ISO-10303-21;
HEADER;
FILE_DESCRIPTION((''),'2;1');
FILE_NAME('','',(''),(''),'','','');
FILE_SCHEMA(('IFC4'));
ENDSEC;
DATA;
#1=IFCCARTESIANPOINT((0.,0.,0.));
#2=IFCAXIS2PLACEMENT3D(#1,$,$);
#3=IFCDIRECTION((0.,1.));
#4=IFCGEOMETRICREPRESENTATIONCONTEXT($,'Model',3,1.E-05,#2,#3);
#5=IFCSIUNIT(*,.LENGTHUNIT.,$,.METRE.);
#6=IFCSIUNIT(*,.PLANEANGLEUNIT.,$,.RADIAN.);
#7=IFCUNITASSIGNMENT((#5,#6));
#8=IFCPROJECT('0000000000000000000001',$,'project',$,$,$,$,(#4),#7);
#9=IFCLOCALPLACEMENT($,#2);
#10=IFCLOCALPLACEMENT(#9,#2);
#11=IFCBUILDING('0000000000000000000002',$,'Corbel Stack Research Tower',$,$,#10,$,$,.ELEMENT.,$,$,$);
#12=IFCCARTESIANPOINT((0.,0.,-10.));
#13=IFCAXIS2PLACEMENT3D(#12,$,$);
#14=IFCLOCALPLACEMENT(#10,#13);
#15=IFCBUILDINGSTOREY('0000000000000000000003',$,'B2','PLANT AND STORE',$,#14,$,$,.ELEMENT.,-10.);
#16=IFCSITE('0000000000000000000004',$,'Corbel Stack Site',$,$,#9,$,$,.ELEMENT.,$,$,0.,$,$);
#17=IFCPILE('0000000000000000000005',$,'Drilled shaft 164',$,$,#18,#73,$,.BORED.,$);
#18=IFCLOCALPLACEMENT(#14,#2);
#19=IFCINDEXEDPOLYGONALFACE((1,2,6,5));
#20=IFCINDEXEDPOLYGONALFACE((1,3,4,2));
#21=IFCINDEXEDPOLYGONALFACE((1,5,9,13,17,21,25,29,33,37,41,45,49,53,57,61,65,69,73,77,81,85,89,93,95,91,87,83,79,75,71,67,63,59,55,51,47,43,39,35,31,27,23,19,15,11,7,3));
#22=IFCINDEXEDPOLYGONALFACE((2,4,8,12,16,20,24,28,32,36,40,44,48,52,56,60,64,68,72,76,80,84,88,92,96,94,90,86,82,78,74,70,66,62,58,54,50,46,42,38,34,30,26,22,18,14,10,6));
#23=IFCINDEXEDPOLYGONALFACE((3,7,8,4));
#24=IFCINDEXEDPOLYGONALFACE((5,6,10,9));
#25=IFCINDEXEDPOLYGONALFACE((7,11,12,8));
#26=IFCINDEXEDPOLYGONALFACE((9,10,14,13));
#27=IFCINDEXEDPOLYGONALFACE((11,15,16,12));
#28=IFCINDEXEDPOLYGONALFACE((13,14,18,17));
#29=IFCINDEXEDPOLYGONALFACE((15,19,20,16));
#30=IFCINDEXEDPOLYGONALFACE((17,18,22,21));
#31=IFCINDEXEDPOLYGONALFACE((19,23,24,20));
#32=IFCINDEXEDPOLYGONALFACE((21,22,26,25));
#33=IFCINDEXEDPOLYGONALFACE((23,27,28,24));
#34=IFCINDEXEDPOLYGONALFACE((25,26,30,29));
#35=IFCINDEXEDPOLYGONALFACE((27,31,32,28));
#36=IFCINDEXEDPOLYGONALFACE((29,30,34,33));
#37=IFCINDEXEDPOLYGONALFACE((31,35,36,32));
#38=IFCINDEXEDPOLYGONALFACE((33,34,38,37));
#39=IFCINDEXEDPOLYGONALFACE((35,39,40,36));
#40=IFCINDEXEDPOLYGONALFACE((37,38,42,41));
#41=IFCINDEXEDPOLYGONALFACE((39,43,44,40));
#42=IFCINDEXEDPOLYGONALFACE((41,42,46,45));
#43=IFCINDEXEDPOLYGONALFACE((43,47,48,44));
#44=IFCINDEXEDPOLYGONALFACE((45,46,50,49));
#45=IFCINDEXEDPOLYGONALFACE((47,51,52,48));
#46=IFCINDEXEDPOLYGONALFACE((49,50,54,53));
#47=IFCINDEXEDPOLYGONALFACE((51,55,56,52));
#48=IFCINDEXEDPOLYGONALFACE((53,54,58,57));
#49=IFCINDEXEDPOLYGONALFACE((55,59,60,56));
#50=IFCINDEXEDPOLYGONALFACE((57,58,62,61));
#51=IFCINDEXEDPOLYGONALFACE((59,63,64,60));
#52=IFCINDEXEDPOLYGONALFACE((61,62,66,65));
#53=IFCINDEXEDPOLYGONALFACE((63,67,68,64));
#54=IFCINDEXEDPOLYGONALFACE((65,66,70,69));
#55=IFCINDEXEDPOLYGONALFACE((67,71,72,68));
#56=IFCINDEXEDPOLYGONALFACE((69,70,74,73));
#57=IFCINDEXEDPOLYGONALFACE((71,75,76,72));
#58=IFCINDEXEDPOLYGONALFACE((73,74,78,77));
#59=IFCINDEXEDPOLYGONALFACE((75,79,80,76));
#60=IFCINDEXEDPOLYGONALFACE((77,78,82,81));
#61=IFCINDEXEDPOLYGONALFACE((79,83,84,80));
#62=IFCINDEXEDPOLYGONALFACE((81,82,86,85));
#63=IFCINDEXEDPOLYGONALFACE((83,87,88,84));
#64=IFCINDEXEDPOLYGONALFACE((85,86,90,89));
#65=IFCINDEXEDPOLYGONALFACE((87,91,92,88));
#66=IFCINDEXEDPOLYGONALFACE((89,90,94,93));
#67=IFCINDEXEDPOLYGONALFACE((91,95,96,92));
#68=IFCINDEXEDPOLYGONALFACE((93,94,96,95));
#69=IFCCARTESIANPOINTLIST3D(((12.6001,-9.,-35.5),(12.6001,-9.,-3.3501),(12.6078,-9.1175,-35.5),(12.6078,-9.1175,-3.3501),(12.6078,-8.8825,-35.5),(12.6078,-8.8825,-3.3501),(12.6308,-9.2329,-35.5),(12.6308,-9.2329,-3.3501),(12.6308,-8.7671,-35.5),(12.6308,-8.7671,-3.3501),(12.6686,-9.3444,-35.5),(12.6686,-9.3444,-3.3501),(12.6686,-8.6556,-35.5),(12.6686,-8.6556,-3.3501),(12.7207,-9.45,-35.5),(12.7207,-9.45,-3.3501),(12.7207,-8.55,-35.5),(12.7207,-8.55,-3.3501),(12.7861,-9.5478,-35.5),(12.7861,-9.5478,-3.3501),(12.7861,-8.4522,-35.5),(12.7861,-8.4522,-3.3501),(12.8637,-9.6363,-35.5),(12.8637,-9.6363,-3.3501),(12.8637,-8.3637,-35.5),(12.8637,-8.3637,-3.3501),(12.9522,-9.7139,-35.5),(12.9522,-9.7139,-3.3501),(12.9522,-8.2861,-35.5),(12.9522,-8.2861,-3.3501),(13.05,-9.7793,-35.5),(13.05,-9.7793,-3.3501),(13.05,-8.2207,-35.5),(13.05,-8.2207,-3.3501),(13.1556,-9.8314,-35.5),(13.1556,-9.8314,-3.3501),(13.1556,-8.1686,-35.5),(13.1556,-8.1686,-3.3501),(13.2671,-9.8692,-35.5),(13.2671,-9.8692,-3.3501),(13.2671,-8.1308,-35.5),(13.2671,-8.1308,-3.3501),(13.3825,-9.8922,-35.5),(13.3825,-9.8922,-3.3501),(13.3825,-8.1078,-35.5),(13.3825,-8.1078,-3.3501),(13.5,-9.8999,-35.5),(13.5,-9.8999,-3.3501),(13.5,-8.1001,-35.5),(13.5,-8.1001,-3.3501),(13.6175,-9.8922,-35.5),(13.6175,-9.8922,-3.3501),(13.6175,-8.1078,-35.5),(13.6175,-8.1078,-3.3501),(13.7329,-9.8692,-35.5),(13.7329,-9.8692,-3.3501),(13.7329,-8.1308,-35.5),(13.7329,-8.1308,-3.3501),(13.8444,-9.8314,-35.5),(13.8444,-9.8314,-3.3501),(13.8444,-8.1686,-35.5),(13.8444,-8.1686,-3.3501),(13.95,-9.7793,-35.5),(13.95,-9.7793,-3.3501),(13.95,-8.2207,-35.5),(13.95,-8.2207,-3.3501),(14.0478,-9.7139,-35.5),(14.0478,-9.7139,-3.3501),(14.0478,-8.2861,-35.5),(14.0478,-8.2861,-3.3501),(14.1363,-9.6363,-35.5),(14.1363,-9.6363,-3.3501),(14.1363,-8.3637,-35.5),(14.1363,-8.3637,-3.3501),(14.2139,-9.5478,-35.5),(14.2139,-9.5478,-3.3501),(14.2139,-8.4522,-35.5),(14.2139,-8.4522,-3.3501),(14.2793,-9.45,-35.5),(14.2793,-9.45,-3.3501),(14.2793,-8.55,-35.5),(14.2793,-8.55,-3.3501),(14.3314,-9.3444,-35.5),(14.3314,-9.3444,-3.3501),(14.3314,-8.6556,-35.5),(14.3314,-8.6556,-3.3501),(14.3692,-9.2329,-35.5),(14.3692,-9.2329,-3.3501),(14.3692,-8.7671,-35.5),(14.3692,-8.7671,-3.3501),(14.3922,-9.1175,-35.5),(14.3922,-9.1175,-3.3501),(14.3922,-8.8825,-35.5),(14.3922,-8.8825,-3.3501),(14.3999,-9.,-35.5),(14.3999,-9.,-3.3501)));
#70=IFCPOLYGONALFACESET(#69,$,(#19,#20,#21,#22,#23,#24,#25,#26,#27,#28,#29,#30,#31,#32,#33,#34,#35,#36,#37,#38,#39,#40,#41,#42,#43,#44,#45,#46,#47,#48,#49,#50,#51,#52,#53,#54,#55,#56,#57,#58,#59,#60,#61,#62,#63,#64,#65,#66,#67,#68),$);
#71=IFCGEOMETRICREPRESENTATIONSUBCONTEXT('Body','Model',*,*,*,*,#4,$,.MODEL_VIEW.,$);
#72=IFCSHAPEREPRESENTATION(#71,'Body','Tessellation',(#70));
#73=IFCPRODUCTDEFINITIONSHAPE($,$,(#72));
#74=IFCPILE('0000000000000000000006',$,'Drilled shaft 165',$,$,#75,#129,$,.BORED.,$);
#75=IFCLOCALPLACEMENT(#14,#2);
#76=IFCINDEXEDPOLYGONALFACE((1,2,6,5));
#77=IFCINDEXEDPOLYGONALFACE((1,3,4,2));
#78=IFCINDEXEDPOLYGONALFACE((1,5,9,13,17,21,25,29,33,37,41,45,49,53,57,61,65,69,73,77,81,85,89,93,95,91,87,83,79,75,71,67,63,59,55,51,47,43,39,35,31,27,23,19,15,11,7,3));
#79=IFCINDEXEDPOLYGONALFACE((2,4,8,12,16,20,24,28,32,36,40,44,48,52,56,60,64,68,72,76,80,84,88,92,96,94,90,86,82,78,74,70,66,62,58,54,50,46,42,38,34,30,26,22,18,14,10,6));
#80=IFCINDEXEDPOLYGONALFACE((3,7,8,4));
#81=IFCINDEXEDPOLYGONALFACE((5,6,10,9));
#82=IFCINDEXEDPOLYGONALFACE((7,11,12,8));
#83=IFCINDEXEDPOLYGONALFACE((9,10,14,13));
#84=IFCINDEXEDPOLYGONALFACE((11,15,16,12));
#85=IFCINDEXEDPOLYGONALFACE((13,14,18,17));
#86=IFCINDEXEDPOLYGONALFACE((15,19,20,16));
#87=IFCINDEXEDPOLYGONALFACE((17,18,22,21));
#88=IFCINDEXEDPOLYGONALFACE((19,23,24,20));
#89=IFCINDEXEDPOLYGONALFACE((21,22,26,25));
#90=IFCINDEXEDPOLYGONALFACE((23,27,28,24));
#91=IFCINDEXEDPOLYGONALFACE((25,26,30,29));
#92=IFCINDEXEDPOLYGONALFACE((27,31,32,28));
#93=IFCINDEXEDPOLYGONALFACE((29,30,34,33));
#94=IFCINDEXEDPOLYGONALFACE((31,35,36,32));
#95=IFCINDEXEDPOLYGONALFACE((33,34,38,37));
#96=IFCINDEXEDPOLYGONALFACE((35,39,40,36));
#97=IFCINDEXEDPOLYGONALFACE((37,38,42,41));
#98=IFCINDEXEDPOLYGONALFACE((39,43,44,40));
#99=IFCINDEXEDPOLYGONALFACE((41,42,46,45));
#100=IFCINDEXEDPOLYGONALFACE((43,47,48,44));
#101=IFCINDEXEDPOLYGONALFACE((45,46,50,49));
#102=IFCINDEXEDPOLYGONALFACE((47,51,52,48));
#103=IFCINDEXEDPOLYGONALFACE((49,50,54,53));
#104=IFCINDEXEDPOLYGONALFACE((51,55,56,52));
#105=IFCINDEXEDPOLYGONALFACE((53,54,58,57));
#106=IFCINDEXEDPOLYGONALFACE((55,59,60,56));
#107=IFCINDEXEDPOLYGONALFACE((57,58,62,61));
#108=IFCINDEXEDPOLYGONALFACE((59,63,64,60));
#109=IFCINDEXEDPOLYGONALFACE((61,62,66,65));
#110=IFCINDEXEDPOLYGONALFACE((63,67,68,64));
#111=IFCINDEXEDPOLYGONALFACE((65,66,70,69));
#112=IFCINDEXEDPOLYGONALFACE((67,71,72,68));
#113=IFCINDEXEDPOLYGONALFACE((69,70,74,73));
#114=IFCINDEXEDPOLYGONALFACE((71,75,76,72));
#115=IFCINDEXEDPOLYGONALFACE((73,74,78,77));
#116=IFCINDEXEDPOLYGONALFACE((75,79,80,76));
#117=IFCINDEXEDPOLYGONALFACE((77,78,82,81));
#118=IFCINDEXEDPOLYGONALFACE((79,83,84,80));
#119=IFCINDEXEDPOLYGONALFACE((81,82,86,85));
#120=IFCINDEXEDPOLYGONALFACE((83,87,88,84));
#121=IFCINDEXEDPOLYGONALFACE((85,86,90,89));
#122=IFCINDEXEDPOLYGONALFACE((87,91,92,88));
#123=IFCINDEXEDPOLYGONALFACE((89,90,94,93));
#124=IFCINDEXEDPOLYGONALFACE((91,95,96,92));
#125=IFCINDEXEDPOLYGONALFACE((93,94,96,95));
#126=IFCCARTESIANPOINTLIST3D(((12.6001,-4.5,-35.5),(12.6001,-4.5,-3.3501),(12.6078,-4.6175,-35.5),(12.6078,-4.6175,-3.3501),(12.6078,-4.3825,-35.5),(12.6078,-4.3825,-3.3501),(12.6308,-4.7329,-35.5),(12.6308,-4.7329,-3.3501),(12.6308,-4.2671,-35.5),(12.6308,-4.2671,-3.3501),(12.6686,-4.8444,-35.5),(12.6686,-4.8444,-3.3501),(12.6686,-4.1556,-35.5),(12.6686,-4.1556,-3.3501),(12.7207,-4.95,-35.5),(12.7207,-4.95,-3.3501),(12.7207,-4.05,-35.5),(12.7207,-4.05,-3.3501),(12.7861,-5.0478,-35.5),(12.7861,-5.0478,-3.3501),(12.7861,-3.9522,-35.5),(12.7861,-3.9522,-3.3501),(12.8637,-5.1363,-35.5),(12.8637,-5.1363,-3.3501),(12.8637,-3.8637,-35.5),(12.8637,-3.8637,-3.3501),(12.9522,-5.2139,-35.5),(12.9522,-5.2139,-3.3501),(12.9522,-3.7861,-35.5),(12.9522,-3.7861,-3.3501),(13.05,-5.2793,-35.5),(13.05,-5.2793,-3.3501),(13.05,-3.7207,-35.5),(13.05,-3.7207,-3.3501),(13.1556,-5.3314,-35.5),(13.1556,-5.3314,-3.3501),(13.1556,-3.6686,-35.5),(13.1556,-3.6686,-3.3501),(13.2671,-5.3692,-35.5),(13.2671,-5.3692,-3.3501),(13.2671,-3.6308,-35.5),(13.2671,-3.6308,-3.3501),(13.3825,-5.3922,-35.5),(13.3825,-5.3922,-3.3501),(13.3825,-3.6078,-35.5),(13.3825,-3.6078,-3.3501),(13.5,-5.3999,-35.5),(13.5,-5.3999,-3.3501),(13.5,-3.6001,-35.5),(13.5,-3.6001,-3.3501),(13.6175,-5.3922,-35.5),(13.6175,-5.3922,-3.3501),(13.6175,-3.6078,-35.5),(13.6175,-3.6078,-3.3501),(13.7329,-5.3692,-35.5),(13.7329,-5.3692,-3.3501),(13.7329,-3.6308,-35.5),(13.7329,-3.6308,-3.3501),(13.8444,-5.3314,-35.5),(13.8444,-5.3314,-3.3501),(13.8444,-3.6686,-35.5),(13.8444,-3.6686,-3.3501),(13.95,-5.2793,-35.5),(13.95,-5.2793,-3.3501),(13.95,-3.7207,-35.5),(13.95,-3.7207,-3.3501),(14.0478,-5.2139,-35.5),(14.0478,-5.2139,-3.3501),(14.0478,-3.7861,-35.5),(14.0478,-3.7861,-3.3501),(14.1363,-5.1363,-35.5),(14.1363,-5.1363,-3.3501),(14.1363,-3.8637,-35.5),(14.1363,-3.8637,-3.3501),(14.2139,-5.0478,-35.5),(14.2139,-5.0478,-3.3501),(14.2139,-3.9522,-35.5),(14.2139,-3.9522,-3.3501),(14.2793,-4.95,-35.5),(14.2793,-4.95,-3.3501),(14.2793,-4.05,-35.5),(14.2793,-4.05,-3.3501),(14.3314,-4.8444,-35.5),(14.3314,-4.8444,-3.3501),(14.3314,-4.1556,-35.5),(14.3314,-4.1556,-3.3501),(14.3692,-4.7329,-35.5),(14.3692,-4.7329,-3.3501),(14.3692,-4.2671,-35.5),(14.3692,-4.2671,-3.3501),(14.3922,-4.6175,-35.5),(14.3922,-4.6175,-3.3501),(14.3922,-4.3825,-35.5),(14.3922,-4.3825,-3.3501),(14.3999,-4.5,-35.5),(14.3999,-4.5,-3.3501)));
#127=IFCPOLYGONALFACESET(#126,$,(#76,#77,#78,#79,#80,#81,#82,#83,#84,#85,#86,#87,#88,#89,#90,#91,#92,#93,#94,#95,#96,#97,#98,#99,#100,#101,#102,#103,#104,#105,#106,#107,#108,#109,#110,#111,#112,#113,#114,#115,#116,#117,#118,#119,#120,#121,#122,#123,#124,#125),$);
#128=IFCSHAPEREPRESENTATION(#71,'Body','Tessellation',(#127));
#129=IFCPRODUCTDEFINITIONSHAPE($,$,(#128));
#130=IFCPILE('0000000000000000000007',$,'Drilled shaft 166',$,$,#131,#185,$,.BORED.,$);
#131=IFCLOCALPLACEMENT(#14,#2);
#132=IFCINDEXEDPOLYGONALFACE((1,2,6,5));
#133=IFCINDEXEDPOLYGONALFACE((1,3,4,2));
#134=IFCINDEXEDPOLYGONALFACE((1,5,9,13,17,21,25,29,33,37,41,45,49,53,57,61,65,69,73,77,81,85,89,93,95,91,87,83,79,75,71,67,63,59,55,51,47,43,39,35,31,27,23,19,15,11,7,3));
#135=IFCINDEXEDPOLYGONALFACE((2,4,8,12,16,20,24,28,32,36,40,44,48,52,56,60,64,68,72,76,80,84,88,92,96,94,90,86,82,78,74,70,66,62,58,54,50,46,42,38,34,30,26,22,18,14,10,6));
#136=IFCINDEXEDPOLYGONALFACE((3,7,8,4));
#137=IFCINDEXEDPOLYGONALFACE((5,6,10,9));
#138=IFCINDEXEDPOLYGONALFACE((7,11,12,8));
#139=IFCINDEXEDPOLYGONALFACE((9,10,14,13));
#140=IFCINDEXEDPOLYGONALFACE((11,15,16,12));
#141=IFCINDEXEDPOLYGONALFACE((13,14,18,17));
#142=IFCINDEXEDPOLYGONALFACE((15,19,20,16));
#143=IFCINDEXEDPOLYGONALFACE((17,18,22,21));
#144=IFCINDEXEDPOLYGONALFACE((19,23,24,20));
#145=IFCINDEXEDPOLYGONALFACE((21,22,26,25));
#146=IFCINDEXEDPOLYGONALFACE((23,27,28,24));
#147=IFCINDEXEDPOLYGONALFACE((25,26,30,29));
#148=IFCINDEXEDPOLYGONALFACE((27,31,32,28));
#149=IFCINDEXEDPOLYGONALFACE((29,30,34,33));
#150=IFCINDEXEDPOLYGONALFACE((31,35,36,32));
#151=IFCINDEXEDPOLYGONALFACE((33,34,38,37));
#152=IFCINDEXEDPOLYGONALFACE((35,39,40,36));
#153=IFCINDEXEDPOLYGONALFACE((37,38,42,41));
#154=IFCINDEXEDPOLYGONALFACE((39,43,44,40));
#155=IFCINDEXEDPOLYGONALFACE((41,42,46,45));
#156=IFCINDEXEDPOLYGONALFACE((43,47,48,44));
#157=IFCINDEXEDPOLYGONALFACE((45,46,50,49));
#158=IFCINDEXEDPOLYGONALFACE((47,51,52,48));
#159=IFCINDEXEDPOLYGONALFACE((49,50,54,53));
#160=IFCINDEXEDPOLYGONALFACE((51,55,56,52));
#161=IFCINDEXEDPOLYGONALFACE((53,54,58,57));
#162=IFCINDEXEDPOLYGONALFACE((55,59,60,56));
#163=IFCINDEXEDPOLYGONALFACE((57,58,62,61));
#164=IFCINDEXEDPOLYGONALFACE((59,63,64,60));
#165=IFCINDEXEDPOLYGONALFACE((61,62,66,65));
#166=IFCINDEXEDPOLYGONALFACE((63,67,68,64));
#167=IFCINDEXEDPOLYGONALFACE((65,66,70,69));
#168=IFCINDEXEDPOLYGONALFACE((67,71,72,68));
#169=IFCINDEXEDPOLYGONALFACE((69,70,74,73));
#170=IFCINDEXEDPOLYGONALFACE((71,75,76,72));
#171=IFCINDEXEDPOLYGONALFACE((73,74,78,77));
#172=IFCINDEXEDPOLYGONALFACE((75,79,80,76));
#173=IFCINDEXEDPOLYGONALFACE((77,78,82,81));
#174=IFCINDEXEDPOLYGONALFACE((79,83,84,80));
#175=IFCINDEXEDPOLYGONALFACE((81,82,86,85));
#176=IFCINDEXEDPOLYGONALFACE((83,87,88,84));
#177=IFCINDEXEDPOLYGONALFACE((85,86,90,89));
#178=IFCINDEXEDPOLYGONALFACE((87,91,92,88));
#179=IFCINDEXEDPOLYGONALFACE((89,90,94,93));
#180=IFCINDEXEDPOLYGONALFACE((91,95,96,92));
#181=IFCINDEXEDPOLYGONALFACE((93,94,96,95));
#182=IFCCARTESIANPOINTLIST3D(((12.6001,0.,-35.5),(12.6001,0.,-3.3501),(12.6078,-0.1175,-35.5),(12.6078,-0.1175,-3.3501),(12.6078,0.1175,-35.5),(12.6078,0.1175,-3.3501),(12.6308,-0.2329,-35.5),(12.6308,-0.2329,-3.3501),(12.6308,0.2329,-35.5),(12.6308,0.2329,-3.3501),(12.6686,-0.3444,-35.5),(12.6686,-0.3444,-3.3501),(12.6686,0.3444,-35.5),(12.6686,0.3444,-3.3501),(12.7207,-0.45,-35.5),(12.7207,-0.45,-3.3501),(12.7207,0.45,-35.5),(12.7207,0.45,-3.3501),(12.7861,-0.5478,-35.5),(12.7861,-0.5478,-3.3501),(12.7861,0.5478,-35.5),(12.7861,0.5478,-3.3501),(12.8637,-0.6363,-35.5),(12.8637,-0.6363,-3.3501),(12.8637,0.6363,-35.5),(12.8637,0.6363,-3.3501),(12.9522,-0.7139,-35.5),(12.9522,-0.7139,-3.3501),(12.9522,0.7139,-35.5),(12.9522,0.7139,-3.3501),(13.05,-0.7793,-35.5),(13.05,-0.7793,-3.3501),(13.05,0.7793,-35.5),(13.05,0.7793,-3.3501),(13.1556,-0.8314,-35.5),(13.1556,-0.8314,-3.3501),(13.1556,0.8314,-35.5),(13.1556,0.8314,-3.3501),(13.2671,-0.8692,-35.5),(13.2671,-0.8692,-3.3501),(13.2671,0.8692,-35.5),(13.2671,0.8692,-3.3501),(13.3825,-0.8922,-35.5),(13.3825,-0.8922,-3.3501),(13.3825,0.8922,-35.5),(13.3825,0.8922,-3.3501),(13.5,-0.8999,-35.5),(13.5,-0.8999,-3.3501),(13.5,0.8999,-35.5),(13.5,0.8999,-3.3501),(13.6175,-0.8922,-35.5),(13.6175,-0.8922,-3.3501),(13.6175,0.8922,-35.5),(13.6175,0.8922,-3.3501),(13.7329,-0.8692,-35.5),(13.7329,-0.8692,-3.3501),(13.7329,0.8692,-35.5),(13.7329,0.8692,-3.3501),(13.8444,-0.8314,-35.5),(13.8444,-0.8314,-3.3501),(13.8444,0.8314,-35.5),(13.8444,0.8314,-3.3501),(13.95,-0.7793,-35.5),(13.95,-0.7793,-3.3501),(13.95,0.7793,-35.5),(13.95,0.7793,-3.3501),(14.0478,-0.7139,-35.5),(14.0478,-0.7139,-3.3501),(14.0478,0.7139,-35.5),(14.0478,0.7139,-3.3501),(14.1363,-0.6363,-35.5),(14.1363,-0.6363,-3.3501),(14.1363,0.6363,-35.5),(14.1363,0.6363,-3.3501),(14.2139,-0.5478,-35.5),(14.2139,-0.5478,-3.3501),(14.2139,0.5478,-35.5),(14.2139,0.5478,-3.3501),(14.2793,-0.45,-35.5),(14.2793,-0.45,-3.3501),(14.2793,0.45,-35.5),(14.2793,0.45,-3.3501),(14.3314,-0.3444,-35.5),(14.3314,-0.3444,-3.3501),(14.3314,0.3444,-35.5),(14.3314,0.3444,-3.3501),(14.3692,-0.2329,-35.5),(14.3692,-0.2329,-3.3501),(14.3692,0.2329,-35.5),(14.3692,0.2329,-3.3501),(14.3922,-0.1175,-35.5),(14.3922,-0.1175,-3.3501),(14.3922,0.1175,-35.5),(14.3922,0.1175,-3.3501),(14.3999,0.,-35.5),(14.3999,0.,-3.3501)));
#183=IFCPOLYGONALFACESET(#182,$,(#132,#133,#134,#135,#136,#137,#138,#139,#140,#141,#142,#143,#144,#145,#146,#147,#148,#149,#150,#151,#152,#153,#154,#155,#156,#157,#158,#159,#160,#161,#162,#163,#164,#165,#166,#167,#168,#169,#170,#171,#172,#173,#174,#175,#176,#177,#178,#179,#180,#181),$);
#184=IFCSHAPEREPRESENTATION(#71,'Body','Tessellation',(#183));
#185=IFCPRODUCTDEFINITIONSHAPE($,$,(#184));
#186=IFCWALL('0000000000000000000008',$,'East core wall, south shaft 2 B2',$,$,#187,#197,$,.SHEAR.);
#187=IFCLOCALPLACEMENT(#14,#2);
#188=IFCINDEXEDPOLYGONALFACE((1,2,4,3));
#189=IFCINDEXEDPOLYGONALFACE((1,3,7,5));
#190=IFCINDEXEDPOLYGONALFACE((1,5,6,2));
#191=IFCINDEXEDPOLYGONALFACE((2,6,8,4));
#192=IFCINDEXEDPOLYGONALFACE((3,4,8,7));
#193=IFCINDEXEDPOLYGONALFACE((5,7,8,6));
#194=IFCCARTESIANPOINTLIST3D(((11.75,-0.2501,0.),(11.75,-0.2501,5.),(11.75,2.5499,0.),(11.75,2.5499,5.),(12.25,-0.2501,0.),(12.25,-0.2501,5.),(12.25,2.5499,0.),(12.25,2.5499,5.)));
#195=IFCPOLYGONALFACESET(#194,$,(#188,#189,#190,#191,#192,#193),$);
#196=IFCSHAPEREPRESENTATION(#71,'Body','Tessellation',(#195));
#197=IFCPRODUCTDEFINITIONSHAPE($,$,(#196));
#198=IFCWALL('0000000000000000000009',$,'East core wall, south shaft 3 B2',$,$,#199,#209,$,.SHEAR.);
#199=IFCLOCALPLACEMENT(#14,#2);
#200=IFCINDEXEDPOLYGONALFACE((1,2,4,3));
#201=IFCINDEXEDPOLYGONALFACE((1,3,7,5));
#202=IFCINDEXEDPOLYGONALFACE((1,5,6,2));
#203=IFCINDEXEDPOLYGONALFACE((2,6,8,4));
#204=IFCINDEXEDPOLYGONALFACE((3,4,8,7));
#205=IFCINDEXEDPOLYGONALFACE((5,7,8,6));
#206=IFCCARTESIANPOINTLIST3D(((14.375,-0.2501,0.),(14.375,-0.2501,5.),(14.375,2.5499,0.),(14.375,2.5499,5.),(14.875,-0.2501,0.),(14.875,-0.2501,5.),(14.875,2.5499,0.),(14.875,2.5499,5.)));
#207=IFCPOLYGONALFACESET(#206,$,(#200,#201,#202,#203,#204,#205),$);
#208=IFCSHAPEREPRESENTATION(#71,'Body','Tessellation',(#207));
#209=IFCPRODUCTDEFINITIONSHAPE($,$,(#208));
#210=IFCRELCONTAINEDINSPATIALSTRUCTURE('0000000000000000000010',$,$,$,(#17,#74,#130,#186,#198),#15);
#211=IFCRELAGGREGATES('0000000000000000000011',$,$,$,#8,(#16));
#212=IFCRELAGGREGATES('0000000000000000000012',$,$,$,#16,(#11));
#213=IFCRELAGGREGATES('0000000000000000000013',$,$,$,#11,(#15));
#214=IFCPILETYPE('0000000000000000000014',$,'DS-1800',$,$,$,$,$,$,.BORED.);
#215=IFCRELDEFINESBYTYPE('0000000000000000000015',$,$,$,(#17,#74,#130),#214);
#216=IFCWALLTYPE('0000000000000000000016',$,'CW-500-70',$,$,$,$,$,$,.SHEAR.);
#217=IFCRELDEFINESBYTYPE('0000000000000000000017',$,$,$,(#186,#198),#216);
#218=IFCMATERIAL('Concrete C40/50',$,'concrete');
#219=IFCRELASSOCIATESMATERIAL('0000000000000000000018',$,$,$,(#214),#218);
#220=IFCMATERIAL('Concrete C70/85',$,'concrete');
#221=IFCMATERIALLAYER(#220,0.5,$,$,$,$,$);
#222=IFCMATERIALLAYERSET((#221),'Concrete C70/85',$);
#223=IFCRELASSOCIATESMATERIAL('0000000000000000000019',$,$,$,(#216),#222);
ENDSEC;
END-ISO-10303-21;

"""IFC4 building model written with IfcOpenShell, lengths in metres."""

from ifc_helpers import new_model, si_unit, direction, frame, frame_2d, origin, origin_2d, place, context, subcontext, project, spatial, rectangle, circle, extrude, material, layer, layer_set, material_profile, profile_set, type_object, element, save


model = new_model("IFC4")

# Units and contexts
model_context = context("Model", 3, precision=1e-05, world=origin(), true_north=direction((0.0, 1.0)))
body_context = subcontext(model_context, "Body", "Model", "MODEL_VIEW")
ifc_project = project(units=[si_unit("LENGTHUNIT", "METRE"), si_unit("PLANEANGLEUNIT", "RADIAN")], contexts=[model_context])

# Site, building, storey
site_placement = place(None, origin())
site = spatial("IfcSite", under=ifc_project, at=site_placement, Name="Corbel Stack Site", CompositionType="ELEMENT", RefElevation=0.0)
building_placement = place(site_placement, origin())
building = spatial("IfcBuilding", under=site, at=building_placement, Name="Corbel Stack Research Tower", CompositionType="ELEMENT")
storey_placement = place(building_placement, frame((0.0, 0.0, -10.0)))
storey = spatial("IfcBuildingStorey", under=building, at=storey_placement, Name="B2", Description="PLANT AND STORE", CompositionType="ELEMENT", Elevation=-10.0)

# Piles
ifc_material_1 = material(Name="Concrete C40/50", Category="concrete")
ifc_material_profile = material_profile(ifc_material_1, circle(Radius=0.8999, at=origin_2d()), Name="Shaft 1800")
ifc_profile_set = profile_set([ifc_material_profile], Name="Concrete C40/50")
pile_type = type_object("IfcPileType", Name="DS-1800", PredefinedType="BORED", material=ifc_profile_set)
for number, where, z_axis, x_axis, name in (
    (1, (13.5, -9.0, -3.3501), (0.0, 0.0, -1.0), (1.0, 0.0, 0.0), "Drilled shaft 164"),
    (2, (13.5, -4.5, -3.3501), (0.0, 0.0, -1.0), (1.0, 0.0, 0.0), "Drilled shaft 165"),
    (3, (13.5, 0.0, -3.3501), (0.0, 0.0, -1.0), (1.0, 0.0, 0.0), "Drilled shaft 166"),
):
    element("IfcPile", number, at=place(storey_placement, frame(where, z_axis=z_axis, x_axis=x_axis)), inside=storey, type_object=pile_type, Name=name, PredefinedType="BORED", context=body_context, shape_type="SweptSolid", body=[
        extrude(circle(Radius=0.8999, at=origin_2d()), origin(), (0.0, 0.0, 1.0), 32.1499),
    ])

# Walls
ifc_material_2 = material(Name="Concrete C70/85", Category="concrete")
ifc_layer_1 = layer(ifc_material_2, 0.5)
ifc_layer_set_1 = layer_set([ifc_layer_1], Name="Concrete C70/85")
wall_type_1 = type_object("IfcWallType", Name="CW-500-70", PredefinedType="SHEAR", material=ifc_layer_set_1)
for number, where, z_axis, x_axis, name in (
    (4, (12.0, -0.25, 0.0), (0.0, 0.0, 1.0), (0.0, 1.0, 0.0), "East core wall, south shaft 2 B2"),
    (5, (14.625, -0.25, 0.0), (0.0, 0.0, 1.0), (0.0, 1.0, 0.0), "East core wall, south shaft 3 B2"),
):
    element("IfcWall", number, at=place(storey_placement, frame(where, z_axis=z_axis, x_axis=x_axis)), inside=storey, type_object=wall_type_1, Name=name, PredefinedType="SHEAR", context=body_context, shape_type="SweptSolid", body=[
        extrude(rectangle(XDim=2.8, YDim=0.5, at=frame_2d((1.3999, 0.0))), origin(), (0.0, 0.0, 1.0), 5.0),
    ])

save(model, "model.ifc")
